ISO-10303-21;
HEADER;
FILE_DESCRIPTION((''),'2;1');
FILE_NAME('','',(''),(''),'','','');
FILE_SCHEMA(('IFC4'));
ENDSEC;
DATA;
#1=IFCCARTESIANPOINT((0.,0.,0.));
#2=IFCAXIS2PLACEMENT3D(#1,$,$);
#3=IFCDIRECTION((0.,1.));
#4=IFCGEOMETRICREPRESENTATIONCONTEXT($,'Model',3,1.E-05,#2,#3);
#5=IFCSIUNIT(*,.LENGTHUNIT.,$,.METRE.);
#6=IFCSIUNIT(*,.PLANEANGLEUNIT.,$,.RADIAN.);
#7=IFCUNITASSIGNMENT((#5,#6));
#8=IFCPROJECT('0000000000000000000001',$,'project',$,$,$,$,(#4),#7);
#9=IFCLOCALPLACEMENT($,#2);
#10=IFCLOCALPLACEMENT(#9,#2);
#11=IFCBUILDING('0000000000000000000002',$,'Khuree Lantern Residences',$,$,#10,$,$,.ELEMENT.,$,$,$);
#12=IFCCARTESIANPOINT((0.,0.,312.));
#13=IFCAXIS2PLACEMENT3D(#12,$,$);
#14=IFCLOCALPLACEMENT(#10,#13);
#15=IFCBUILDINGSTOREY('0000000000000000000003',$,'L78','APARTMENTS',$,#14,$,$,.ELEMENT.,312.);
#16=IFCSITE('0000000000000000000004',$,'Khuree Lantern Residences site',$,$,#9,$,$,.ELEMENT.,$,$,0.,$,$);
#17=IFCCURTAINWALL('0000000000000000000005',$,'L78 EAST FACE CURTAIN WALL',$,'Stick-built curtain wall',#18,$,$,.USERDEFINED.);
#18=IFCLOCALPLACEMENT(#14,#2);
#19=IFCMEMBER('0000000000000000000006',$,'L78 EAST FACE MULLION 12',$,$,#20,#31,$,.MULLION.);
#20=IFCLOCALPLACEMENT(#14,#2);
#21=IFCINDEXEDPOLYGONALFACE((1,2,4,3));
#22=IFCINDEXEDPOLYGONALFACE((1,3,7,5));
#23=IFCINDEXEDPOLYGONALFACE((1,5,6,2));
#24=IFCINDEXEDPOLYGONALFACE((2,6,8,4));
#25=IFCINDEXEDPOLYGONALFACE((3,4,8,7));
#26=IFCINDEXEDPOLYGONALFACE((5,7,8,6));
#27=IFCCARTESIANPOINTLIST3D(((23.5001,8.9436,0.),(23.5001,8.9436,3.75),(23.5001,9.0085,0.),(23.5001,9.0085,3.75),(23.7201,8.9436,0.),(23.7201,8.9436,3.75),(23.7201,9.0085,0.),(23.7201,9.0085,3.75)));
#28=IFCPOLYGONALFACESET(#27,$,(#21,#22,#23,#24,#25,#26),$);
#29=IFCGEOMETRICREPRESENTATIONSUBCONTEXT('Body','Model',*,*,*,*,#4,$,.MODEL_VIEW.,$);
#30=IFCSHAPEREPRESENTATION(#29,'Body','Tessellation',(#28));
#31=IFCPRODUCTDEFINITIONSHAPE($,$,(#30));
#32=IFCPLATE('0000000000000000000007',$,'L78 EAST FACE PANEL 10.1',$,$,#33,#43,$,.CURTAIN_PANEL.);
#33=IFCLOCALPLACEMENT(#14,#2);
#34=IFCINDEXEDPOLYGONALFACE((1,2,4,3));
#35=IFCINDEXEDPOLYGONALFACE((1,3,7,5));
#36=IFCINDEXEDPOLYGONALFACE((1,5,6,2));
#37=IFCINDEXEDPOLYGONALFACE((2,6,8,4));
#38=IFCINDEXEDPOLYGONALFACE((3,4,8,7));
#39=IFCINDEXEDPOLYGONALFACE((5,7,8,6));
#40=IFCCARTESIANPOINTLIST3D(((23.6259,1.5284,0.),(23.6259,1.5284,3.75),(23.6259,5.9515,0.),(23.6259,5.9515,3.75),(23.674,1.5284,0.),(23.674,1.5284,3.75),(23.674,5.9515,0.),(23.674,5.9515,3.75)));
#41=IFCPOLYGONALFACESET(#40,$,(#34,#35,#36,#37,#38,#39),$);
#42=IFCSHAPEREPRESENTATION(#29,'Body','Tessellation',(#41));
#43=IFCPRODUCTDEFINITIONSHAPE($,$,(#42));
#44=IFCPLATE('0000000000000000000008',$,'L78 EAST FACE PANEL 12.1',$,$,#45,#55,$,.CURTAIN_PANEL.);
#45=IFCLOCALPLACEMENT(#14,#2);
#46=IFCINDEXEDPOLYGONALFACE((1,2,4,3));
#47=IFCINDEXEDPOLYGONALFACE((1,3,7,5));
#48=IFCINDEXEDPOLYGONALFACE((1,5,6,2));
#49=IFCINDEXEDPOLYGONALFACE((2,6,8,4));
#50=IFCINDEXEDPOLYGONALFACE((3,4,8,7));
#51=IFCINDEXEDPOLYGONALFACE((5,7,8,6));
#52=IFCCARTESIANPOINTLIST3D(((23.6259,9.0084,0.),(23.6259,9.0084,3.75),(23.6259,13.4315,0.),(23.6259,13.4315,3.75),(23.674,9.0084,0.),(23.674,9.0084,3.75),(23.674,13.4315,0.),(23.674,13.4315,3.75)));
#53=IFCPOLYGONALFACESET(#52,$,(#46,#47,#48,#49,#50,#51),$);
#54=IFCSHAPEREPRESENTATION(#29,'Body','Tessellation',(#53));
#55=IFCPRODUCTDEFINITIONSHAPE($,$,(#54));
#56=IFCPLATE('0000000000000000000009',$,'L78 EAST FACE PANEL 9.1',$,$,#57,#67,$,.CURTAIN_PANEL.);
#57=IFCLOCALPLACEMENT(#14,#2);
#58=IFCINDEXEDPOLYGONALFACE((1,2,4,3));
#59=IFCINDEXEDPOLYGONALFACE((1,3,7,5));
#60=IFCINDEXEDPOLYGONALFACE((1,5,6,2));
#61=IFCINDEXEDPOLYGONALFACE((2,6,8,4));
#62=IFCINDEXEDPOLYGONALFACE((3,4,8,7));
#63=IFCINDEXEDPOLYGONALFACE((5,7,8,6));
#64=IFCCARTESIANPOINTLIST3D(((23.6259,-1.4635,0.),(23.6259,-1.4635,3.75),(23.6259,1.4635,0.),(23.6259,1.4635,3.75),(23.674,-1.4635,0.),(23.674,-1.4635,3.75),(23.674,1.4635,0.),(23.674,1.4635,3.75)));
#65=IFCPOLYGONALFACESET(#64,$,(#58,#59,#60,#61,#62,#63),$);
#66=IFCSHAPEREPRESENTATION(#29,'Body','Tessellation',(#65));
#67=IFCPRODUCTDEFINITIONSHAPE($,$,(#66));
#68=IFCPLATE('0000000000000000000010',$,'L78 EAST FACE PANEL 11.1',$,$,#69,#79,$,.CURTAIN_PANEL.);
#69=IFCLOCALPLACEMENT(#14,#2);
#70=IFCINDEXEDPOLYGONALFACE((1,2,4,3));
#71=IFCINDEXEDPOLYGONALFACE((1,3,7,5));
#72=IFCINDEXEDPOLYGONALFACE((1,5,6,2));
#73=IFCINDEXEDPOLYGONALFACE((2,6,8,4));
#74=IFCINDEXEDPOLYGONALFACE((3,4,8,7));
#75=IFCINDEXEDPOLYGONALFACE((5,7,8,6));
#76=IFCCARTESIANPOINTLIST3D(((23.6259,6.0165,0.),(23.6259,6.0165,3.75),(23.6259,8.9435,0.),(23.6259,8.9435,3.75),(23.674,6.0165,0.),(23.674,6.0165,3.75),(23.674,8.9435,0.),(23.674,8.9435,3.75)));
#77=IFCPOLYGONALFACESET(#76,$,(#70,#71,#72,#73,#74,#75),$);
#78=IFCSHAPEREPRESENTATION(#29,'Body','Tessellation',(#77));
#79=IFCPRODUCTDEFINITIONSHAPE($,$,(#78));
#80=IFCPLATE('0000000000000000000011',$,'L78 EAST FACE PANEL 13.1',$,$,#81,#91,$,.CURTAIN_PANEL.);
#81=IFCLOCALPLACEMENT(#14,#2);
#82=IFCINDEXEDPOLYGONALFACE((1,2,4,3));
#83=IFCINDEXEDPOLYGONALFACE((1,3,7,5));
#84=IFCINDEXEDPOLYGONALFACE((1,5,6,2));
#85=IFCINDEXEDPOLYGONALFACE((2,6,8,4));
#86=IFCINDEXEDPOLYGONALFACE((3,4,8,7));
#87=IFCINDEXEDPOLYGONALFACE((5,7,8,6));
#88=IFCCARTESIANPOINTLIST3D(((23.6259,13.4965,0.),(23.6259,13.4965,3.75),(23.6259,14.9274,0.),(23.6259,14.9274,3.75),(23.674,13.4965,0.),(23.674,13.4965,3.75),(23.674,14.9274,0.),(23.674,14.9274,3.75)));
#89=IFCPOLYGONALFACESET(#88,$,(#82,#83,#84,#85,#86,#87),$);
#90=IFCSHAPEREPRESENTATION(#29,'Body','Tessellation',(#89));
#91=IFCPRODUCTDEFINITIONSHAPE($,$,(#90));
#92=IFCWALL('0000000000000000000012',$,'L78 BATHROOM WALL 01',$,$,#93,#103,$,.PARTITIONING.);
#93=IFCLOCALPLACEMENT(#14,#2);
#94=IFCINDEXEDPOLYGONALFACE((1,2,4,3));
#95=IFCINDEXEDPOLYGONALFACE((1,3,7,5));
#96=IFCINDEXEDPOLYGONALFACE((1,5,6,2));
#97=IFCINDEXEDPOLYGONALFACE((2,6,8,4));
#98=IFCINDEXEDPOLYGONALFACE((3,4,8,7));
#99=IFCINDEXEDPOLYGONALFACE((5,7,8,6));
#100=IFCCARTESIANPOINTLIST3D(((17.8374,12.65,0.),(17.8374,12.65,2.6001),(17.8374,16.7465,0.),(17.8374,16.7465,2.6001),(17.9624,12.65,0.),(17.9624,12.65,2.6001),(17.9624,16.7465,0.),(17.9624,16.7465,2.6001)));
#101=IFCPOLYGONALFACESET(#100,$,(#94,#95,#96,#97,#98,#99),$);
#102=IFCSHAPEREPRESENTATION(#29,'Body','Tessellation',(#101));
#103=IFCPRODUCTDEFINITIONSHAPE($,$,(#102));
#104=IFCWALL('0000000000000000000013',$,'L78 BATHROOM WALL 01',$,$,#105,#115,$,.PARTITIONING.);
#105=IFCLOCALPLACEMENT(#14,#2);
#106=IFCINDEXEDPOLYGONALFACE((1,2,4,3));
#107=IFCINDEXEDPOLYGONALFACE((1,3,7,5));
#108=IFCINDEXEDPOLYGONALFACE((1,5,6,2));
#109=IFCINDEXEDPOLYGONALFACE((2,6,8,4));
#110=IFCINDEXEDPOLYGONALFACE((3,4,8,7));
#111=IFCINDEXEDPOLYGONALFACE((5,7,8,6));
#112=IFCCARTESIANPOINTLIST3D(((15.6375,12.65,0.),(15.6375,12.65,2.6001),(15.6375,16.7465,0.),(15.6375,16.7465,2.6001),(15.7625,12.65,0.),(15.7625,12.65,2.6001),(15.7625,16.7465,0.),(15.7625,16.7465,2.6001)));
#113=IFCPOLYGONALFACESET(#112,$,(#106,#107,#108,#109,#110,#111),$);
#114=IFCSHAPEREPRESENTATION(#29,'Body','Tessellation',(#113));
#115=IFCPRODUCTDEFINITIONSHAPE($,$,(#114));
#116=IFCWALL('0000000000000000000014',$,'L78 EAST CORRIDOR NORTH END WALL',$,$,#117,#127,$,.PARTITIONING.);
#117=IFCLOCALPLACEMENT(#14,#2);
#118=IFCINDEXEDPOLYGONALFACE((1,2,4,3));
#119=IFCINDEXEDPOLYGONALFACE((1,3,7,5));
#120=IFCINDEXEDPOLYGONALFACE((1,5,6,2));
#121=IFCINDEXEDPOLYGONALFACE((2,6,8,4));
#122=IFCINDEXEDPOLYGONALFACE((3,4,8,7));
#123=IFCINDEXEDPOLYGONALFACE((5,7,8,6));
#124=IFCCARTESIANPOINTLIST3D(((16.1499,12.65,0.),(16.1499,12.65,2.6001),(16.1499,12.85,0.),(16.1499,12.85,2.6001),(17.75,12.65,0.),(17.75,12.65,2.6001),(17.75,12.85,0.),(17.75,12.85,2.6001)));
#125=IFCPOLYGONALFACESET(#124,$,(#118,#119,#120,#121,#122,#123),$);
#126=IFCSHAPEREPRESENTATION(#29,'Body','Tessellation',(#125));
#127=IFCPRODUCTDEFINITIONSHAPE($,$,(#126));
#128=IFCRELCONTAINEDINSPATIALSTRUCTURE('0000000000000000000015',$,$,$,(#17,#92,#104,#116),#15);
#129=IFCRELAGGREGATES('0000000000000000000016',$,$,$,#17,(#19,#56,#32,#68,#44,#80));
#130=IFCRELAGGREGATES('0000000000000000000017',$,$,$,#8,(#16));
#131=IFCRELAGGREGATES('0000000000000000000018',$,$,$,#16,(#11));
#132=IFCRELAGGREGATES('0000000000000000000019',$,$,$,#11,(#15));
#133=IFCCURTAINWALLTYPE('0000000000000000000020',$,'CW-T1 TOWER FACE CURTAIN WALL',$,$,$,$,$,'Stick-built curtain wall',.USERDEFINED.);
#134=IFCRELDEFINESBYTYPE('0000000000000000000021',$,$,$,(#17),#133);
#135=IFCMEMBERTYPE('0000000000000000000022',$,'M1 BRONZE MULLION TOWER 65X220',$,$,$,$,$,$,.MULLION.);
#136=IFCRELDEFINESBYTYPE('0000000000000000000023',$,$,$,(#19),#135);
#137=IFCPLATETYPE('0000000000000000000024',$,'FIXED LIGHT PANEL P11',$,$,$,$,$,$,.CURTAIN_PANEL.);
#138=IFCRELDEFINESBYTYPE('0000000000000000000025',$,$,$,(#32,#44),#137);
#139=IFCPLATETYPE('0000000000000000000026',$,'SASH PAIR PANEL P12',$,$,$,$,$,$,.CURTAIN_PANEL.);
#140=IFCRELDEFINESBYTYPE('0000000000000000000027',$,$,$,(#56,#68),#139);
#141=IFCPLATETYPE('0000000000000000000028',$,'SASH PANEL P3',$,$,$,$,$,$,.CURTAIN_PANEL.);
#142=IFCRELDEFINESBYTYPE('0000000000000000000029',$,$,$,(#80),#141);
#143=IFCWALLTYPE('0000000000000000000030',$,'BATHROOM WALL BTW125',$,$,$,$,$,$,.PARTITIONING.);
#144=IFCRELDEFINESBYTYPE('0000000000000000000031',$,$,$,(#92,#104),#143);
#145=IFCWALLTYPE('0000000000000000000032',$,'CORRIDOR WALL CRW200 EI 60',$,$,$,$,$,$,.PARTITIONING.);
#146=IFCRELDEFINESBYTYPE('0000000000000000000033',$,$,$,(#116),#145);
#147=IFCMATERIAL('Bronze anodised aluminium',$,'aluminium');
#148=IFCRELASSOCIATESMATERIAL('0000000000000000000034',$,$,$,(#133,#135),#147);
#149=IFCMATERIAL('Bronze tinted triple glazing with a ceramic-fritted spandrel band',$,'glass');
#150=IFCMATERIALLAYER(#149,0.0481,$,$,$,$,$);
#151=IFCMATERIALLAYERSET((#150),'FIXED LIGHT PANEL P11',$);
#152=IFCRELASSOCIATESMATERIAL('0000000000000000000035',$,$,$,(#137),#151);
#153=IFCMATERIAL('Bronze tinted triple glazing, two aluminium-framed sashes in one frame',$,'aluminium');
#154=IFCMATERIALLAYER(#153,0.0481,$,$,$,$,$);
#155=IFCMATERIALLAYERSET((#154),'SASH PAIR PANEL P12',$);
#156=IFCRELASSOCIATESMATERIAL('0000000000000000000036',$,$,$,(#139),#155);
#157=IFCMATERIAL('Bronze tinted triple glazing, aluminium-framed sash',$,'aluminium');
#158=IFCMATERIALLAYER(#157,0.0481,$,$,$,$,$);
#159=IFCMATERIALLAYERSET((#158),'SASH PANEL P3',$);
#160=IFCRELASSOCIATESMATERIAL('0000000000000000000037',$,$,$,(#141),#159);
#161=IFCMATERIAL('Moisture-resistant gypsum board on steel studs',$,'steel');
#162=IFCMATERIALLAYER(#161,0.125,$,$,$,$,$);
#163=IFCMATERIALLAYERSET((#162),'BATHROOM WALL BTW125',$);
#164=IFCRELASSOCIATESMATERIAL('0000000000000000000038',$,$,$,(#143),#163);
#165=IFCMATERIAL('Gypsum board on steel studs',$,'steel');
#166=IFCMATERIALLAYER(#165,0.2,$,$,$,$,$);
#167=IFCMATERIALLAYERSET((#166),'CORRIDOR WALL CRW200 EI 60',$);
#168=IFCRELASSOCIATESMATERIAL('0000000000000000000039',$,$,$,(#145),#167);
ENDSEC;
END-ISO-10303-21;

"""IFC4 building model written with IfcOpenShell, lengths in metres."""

from ifc_helpers import new_model, si_unit, direction, frame, frame_2d, origin, origin_2d, place, context, subcontext, project, spatial, rectangle, extrude, material, layer, layer_set, material_profile, profile_set, type_object, element, aggregate, save


model = new_model("IFC4")

# Units and contexts
model_context = context("Model", 3, precision=1e-05, world=origin(), true_north=direction((0.0, 1.0)))
body_context = subcontext(model_context, "Body", "Model", "MODEL_VIEW")
ifc_project = project(units=[si_unit("LENGTHUNIT", "METRE"), si_unit("PLANEANGLEUNIT", "RADIAN")], contexts=[model_context])

# Site, building, storey
site_placement = place(None, origin())
site = spatial("IfcSite", under=ifc_project, at=site_placement, Name="Khuree Lantern Residences site", CompositionType="ELEMENT", RefElevation=0.0)
building_placement = place(site_placement, origin())
building = spatial("IfcBuilding", under=site, at=building_placement, Name="Khuree Lantern Residences", CompositionType="ELEMENT")
storey_placement = place(building_placement, frame((0.0, 0.0, 312.0)))
storey = spatial("IfcBuildingStorey", under=building, at=storey_placement, Name="L78", Description="APARTMENTS", CompositionType="ELEMENT", Elevation=312.0)

# Curtain wall
ifc_material_1 = material(Name="Bronze anodised aluminium", Category="aluminium")
curtain_wall_type = type_object("IfcCurtainWallType", Name="CW-T1 TOWER FACE CURTAIN WALL", ElementType="Stick-built curtain wall", PredefinedType="USERDEFINED", material=ifc_material_1)
curtain_wall_placement = place(storey_placement, origin())
curtain_wall = element("IfcCurtainWall", 1, at=curtain_wall_placement, inside=storey, type_object=curtain_wall_type, Name="L78 EAST FACE CURTAIN WALL", ObjectType="Stick-built curtain wall", PredefinedType="USERDEFINED")

# Member
ifc_material_profile_1 = material_profile(ifc_material_1, rectangle(XDim=0.0649, YDim=0.22, at=origin_2d()), Name="M1 65X220")
ifc_profile_set_1 = profile_set([ifc_material_profile_1], Name="Bronze anodised aluminium")
member_type_1 = type_object("IfcMemberType", Name="M1 BRONZE MULLION TOWER 65X220", PredefinedType="MULLION", material=ifc_profile_set_1)
member_1_placement = place(storey_placement, frame((23.6101, 8.9761, 0.0), z_axis=(0.0, 0.0, 1.0), x_axis=(0.0, 1.0, 0.0)))
member_1 = element("IfcMember", 2, at=member_1_placement, type_object=member_type_1, Name="L78 EAST FACE MULLION 12", PredefinedType="MULLION", context=body_context, shape_type="SweptSolid", body=[
    extrude(rectangle(XDim=0.0649, YDim=0.22, at=origin_2d()), origin(), (0.0, 0.0, 1.0), 3.75),
])

# Plates
ifc_material_2 = material(Name="Bronze tinted triple glazing with a ceramic-fritted spandrel band", Category="glass")
ifc_layer_1 = layer(ifc_material_2, 0.0481)
ifc_layer_set_1 = layer_set([ifc_layer_1], Name="FIXED LIGHT PANEL P11")
plate_type_1 = type_object("IfcPlateType", Name="FIXED LIGHT PANEL P11", PredefinedType="CURTAIN_PANEL", material=ifc_layer_set_1)
plate_1_placement = place(storey_placement, frame((23.6499, 3.74, 0.0), z_axis=(0.0, 0.0, 1.0), x_axis=(0.0, 1.0, 0.0)))
plate_1 = element("IfcPlate", 3, at=plate_1_placement, type_object=plate_type_1, Name="L78 EAST FACE PANEL 10.1", PredefinedType="CURTAIN_PANEL", context=body_context, shape_type="SweptSolid", body=[
    extrude(rectangle(XDim=4.4231, YDim=0.0481, at=origin_2d()), origin(), (0.0, 0.0, 1.0), 3.75),
])
plate_2_placement = place(storey_placement, frame((23.6499, 11.22, 0.0), z_axis=(0.0, 0.0, 1.0), x_axis=(0.0, 1.0, 0.0)))
plate_2 = element("IfcPlate", 4, at=plate_2_placement, type_object=plate_type_1, Name="L78 EAST FACE PANEL 12.1", PredefinedType="CURTAIN_PANEL", context=body_context, shape_type="SweptSolid", body=[
    extrude(rectangle(XDim=4.4231, YDim=0.0481, at=origin_2d()), origin(), (0.0, 0.0, 1.0), 3.75),
])
ifc_material_3 = material(Name="Bronze tinted triple glazing, two aluminium-framed sashes in one frame", Category="aluminium")
ifc_layer_2 = layer(ifc_material_3, 0.0481)
ifc_layer_set_2 = layer_set([ifc_layer_2], Name="SASH PAIR PANEL P12")
plate_type_2 = type_object("IfcPlateType", Name="SASH PAIR PANEL P12", PredefinedType="CURTAIN_PANEL", material=ifc_layer_set_2)
plate_3_placement = place(storey_placement, frame((23.6499, 0.0, 0.0), z_axis=(0.0, 0.0, 1.0), x_axis=(0.0, 1.0, 0.0)))
plate_3 = element("IfcPlate", 5, at=plate_3_placement, type_object=plate_type_2, Name="L78 EAST FACE PANEL 9.1", PredefinedType="CURTAIN_PANEL", context=body_context, shape_type="SweptSolid", body=[
    extrude(rectangle(XDim=2.927, YDim=0.0481, at=origin_2d()), origin(), (0.0, 0.0, 1.0), 3.75),
])
plate_4_placement = place(storey_placement, frame((23.6499, 7.48, 0.0), z_axis=(0.0, 0.0, 1.0), x_axis=(0.0, 1.0, 0.0)))
plate_4 = element("IfcPlate", 6, at=plate_4_placement, type_object=plate_type_2, Name="L78 EAST FACE PANEL 11.1", PredefinedType="CURTAIN_PANEL", context=body_context, shape_type="SweptSolid", body=[
    extrude(rectangle(XDim=2.927, YDim=0.0481, at=origin_2d()), origin(), (0.0, 0.0, 1.0), 3.75),
])
ifc_material_4 = material(Name="Bronze tinted triple glazing, aluminium-framed sash", Category="aluminium")
ifc_layer_3 = layer(ifc_material_4, 0.0481)
ifc_layer_set_3 = layer_set([ifc_layer_3], Name="SASH PANEL P3")
plate_type_3 = type_object("IfcPlateType", Name="SASH PANEL P3", PredefinedType="CURTAIN_PANEL", material=ifc_layer_set_3)
plate_5_placement = place(storey_placement, frame((23.6499, 14.2119, 0.0), z_axis=(0.0, 0.0, 1.0), x_axis=(0.0, 1.0, 0.0)))
plate_5 = element("IfcPlate", 7, at=plate_5_placement, type_object=plate_type_3, Name="L78 EAST FACE PANEL 13.1", PredefinedType="CURTAIN_PANEL", context=body_context, shape_type="SweptSolid", body=[
    extrude(rectangle(XDim=1.4309, YDim=0.0481, at=origin_2d()), origin(), (0.0, 0.0, 1.0), 3.75),
])
aggregate(curtain_wall, [member_1, plate_3, plate_1, plate_4, plate_2, plate_5])

# Walls
ifc_material_5 = material(Name="Moisture-resistant gypsum board on steel studs", Category="steel")
ifc_layer_4 = layer(ifc_material_5, 0.125)
ifc_layer_set_4 = layer_set([ifc_layer_4], Name="BATHROOM WALL BTW125")
wall_type_1 = type_object("IfcWallType", Name="BATHROOM WALL BTW125", PredefinedType="PARTITIONING", material=ifc_layer_set_4)
for number, where, z_axis, x_axis, name in (
    (8, (17.8999, 12.6499, 0.0), (0.0, 0.0, 1.0), (0.0, 1.0, 0.0), "L78 BATHROOM WALL 01"),
    (9, (15.7, 12.6499, 0.0), (0.0, 0.0, 1.0), (0.0, 1.0, 0.0), "L78 BATHROOM WALL 01"),
):
    element("IfcWall", number, at=place(storey_placement, frame(where, z_axis=z_axis, x_axis=x_axis)), inside=storey, type_object=wall_type_1, Name=name, PredefinedType="PARTITIONING", context=body_context, shape_type="SweptSolid", body=[
        extrude(rectangle(XDim=4.0964, YDim=0.125, at=frame_2d((2.0483, 0.0))), origin(), (0.0, 0.0, 1.0), 2.6001),
    ])
ifc_material_6 = material(Name="Gypsum board on steel studs", Category="steel")
ifc_layer_5 = layer(ifc_material_6, 0.2)
ifc_layer_set_5 = layer_set([ifc_layer_5], Name="CORRIDOR WALL CRW200 EI 60")
wall_type_2 = type_object("IfcWallType", Name="CORRIDOR WALL CRW200 EI 60", PredefinedType="PARTITIONING", material=ifc_layer_set_5)
wall_placement = place(storey_placement, frame((16.1499, 12.75, 0.0), z_axis=(0.0, 0.0, 1.0), x_axis=(1.0, 0.0, 0.0)))
element("IfcWall", 10, at=wall_placement, inside=storey, type_object=wall_type_2, Name="L78 EAST CORRIDOR NORTH END WALL", PredefinedType="PARTITIONING", context=body_context, shape_type="SweptSolid", body=[
    extrude(rectangle(XDim=1.6001, YDim=0.2, at=frame_2d((0.8, 0.0))), origin(), (0.0, 0.0, 1.0), 2.6001),
])

save(model, "model.ifc")
